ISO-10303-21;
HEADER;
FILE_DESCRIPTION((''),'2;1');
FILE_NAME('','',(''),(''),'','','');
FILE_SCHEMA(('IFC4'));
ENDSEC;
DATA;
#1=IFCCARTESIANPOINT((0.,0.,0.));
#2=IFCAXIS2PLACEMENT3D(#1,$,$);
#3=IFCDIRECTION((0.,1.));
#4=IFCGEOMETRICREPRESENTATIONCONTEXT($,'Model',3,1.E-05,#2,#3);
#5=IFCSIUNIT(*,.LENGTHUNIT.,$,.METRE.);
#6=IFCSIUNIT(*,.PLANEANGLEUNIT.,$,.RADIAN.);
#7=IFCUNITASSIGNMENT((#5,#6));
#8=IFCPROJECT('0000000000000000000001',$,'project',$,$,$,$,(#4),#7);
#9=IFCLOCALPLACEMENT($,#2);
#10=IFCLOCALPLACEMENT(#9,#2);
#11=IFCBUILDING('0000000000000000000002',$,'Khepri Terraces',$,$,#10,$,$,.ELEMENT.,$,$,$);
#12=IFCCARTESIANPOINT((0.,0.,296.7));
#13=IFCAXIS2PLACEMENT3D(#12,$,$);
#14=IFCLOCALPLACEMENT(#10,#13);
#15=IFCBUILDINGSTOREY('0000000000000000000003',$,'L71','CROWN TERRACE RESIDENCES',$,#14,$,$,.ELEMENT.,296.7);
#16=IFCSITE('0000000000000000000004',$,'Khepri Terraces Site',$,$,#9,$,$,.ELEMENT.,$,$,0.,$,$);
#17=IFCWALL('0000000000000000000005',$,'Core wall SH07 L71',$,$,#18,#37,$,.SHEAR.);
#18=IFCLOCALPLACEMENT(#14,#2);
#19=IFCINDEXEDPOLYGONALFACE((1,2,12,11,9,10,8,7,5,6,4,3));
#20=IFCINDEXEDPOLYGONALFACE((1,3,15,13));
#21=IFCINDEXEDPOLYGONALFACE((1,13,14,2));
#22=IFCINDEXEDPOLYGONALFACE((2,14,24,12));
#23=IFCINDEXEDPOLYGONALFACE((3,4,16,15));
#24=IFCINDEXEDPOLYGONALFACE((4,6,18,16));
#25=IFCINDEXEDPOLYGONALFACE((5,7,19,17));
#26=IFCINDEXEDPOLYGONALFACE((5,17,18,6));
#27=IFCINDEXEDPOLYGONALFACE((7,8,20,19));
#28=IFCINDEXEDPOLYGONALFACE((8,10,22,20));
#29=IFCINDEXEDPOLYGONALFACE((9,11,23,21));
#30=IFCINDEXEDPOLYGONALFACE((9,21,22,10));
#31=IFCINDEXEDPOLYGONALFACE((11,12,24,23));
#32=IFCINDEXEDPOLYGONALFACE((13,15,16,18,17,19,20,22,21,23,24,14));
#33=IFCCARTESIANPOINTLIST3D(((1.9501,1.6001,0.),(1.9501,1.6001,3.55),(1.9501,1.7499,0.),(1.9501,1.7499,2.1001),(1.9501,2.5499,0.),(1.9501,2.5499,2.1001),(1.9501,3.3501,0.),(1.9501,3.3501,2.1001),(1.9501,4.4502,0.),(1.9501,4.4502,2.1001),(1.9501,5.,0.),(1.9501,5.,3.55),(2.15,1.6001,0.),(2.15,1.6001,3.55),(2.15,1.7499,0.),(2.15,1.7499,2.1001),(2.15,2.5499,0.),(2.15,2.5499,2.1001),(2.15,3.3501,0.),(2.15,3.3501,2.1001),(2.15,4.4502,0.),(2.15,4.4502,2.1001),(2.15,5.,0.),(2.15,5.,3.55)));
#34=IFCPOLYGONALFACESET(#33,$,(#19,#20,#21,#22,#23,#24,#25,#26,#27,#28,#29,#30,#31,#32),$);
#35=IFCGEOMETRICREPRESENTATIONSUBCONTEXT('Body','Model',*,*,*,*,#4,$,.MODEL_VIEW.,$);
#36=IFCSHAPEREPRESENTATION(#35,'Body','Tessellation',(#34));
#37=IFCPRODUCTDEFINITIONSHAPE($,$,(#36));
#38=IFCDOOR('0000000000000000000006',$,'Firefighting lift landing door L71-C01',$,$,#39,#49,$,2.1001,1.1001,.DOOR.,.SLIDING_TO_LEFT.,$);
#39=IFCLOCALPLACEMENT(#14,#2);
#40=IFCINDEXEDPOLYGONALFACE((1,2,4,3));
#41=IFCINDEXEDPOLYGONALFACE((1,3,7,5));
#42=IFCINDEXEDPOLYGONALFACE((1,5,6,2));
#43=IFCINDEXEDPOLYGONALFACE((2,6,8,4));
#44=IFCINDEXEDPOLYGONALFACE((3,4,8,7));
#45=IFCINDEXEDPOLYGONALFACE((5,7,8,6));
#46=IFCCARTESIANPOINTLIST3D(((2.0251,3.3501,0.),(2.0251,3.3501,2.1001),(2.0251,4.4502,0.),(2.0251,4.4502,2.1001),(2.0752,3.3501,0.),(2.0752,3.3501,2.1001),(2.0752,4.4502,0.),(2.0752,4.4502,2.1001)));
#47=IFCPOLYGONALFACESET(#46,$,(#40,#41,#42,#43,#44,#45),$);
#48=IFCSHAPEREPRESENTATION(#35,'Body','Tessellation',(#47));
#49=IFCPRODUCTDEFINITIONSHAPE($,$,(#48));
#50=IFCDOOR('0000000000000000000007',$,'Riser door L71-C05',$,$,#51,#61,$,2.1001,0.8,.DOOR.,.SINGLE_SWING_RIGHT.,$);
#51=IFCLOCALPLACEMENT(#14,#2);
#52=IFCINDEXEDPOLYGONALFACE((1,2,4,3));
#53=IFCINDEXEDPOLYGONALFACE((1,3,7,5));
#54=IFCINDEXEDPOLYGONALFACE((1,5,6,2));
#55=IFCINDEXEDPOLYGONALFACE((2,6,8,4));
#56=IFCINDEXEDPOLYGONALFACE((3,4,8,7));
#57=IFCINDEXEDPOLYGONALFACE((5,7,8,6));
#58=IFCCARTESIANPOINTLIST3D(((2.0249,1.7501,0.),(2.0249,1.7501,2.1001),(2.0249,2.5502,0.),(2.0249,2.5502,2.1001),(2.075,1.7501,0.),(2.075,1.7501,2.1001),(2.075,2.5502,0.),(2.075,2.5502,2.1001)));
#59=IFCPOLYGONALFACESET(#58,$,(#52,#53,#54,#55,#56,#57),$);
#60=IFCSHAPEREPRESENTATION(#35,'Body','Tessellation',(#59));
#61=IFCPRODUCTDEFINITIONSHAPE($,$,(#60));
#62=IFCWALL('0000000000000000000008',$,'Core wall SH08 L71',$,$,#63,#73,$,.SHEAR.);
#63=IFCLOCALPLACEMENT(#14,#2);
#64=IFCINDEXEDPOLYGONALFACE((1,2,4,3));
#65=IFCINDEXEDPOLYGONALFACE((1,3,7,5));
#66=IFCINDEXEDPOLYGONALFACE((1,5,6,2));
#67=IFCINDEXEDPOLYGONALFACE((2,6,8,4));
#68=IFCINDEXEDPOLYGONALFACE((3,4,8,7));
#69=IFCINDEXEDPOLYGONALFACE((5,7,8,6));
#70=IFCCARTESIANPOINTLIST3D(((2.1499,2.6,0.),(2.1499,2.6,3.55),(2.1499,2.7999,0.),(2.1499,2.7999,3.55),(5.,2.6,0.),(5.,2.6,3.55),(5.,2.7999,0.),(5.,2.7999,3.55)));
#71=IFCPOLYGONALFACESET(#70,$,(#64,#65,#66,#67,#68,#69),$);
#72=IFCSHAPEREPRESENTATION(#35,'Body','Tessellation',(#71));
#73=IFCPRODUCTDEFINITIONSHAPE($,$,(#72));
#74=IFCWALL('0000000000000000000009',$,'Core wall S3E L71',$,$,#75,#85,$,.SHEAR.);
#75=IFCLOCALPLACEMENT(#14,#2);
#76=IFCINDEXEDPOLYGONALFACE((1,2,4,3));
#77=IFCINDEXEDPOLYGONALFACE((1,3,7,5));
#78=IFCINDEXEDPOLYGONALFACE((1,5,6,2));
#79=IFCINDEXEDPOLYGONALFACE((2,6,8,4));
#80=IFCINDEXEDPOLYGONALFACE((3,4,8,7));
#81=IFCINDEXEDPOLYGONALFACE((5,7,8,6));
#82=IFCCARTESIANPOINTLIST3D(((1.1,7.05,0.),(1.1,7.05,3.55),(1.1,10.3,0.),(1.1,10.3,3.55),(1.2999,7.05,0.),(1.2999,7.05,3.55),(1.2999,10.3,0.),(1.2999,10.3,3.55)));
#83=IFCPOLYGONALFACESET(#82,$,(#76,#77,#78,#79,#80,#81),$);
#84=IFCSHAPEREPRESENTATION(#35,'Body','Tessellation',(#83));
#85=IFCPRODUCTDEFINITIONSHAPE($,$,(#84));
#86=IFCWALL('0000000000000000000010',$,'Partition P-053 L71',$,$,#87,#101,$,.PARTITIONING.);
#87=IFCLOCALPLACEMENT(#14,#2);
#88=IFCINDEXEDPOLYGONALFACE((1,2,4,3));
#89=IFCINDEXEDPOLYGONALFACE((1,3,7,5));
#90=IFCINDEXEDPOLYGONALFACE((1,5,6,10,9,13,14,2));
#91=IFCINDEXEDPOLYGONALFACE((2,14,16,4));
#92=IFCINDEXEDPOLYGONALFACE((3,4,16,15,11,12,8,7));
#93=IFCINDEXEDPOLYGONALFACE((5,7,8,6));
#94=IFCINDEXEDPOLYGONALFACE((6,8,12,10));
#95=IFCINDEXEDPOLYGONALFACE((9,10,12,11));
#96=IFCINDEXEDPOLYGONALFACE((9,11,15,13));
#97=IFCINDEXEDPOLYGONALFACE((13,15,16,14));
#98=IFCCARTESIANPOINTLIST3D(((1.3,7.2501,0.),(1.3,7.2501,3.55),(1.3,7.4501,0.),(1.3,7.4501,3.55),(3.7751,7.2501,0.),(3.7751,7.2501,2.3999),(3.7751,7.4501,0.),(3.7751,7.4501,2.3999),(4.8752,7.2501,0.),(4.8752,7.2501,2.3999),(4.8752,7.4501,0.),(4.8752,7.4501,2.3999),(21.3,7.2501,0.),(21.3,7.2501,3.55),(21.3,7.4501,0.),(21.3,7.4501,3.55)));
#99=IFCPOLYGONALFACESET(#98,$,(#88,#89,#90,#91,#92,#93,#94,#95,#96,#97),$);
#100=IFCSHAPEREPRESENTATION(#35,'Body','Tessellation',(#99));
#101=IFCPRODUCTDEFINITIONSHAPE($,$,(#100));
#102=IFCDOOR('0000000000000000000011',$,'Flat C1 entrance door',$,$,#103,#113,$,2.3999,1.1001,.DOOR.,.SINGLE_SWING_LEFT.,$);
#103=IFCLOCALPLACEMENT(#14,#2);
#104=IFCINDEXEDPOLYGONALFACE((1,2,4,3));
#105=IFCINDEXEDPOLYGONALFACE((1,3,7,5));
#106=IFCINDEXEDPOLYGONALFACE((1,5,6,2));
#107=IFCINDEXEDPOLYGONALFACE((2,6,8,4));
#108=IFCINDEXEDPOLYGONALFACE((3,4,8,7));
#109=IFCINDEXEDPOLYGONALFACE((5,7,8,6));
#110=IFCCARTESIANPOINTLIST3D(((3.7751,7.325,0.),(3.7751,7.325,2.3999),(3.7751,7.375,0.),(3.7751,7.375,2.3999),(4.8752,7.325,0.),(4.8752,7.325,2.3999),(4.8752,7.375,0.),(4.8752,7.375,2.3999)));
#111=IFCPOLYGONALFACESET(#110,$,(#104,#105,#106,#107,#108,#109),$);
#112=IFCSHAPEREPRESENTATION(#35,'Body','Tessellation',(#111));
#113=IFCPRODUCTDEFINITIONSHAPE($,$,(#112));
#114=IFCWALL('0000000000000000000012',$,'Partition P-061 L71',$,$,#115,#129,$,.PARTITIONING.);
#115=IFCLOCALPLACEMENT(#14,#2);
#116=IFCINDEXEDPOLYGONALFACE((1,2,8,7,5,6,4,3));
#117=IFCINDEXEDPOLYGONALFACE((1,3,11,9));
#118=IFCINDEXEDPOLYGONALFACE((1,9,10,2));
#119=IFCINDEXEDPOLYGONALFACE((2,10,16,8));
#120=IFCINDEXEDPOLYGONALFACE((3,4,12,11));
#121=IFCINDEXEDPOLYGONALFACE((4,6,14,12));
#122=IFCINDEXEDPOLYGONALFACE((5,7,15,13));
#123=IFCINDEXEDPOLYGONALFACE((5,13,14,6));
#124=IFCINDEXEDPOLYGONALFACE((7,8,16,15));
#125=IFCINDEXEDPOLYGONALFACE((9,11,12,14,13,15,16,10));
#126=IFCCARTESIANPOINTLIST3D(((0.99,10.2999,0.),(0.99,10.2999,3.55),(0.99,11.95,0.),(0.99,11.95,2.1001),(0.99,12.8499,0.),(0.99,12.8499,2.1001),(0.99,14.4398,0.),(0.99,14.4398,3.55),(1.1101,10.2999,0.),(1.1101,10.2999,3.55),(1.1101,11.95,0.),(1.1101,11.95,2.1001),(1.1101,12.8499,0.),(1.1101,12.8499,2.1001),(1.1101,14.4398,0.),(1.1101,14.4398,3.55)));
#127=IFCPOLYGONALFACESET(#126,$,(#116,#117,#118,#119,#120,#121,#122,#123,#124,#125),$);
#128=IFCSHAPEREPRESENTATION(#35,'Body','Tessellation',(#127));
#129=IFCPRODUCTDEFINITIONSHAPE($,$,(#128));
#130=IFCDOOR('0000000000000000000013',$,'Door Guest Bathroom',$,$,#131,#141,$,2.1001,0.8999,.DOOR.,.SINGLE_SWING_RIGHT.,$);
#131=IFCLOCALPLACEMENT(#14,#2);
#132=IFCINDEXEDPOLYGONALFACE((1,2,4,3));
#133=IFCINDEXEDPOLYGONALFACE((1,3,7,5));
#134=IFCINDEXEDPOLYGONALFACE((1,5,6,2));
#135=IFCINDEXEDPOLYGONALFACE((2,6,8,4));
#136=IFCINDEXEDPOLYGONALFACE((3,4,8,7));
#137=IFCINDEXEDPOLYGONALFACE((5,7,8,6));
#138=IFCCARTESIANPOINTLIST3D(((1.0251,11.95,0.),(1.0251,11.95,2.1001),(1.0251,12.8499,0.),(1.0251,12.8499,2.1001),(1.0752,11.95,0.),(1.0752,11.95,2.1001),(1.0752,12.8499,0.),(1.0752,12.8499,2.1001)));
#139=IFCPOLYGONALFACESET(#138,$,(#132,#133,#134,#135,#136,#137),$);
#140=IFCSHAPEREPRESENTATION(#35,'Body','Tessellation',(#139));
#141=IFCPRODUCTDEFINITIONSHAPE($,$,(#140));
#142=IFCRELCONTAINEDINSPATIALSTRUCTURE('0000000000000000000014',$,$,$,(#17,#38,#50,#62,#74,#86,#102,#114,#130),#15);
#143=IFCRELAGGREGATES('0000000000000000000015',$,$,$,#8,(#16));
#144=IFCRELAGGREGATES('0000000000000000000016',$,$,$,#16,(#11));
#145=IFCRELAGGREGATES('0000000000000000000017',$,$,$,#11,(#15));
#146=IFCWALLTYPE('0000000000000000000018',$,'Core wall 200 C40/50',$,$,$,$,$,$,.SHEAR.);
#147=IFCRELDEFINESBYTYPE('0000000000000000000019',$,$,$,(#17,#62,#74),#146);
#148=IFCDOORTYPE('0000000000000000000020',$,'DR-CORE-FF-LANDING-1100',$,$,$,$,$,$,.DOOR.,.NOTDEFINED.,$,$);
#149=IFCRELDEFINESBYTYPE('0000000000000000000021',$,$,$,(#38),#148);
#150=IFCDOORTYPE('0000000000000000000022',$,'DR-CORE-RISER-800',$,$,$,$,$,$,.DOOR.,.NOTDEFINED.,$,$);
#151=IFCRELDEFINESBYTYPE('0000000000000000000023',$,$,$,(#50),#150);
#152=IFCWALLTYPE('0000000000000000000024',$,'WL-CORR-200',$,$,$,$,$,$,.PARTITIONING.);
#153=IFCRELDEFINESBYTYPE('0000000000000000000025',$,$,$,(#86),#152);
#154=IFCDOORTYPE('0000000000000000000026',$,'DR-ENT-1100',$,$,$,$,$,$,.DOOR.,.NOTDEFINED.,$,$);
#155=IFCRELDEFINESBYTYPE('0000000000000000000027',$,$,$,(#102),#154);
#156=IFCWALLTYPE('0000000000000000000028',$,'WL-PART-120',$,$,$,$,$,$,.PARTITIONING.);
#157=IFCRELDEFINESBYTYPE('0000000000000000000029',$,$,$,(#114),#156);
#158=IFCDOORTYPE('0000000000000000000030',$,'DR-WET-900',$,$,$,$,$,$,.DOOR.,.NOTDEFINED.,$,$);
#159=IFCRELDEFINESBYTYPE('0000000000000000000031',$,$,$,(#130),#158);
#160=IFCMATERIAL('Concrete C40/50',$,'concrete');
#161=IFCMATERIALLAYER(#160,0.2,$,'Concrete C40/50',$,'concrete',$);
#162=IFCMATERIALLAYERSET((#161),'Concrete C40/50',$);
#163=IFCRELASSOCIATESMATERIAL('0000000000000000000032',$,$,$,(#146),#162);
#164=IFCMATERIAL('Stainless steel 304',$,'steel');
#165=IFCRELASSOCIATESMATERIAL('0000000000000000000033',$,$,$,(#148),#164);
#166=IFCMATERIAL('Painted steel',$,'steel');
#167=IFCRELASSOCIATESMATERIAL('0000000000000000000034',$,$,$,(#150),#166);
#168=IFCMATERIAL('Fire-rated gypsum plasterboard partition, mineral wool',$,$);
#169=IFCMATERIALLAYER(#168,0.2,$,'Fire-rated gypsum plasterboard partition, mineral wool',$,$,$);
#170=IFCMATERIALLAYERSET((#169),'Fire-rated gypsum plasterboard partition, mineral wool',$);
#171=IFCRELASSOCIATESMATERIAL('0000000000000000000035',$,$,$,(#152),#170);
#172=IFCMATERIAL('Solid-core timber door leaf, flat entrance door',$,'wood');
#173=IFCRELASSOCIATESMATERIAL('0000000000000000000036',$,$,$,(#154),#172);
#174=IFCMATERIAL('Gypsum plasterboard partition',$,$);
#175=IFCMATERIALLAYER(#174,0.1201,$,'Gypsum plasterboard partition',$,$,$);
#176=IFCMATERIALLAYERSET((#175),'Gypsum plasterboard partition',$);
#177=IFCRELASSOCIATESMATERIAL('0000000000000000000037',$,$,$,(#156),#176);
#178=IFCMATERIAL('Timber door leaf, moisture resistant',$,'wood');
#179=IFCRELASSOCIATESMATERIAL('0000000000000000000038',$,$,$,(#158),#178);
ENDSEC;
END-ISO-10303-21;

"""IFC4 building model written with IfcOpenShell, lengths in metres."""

from ifc_helpers import new_model, si_unit, direction, frame, frame_2d, origin, place, context, subcontext, project, spatial, rectangle, extrude, material, layer, layer_set, type_object, element, fill, save


model = new_model("IFC4")

# Units and contexts
model_context = context("Model", 3, precision=1e-05, world=origin(), true_north=direction((0.0, 1.0)))
body_context = subcontext(model_context, "Body", "Model", "MODEL_VIEW")
ifc_project = project(units=[si_unit("LENGTHUNIT", "METRE"), si_unit("PLANEANGLEUNIT", "RADIAN")], contexts=[model_context])

# Site, building, storey
site_placement = place(None, origin())
site = spatial("IfcSite", under=ifc_project, at=site_placement, Name="Khepri Terraces Site", CompositionType="ELEMENT", RefElevation=0.0)
building_placement = place(site_placement, origin())
building = spatial("IfcBuilding", under=site, at=building_placement, Name="Khepri Terraces", CompositionType="ELEMENT")
storey_placement = place(building_placement, frame((0.0, 0.0, 296.7)))
storey = spatial("IfcBuildingStorey", under=building, at=storey_placement, Name="L71", Description="CROWN TERRACE RESIDENCES", CompositionType="ELEMENT", Elevation=296.7)

# Shared definitions
ifc_material_1 = material(Name="Concrete C40/50", Category="concrete")

# Shared definitions
ifc_layer_1 = layer(ifc_material_1, 0.2, Name="Concrete C40/50", Category="concrete")
ifc_layer_set_1 = layer_set([ifc_layer_1], Name="Concrete C40/50")
wall_type_1 = type_object("IfcWallType", Name="Core wall 200 C40/50", PredefinedType="SHEAR", material=ifc_layer_set_1)

# Shared definitions
ifc_material_2 = material(Name="Painted steel", Category="steel")

# Wall, openings, doors
wall_1_placement = place(storey_placement, frame((2.05, 1.6001, 0.0), z_axis=(0.0, 0.0, 1.0), x_axis=(0.0, 1.0, 0.0)))
wall_1 = element("IfcWall", 1, at=wall_1_placement, inside=storey, type_object=wall_type_1, Name="Core wall SH07 L71", PredefinedType="SHEAR", context=body_context, shape_type="SweptSolid", body=[
    extrude(rectangle(XDim=3.3999, YDim=0.2, at=frame_2d((1.7, 0.0))), origin(), (0.0, 0.0, 1.0), 3.55),
])
opening_1_placement = place(wall_1_placement, frame((1.75, 0.0, 0.0)))
opening_1 = element("IfcOpeningElement", 2, at=opening_1_placement, cuts=wall_1, PredefinedType="OPENING", context=body_context, shape_type="SweptSolid", body=[
    extrude(rectangle(XDim=1.1001, YDim=2.1001, at=frame_2d((0.55, 1.05))), frame((0.0, 0.1099, 0.0), z_axis=(0.0, -1.0, 0.0), x_axis=(1.0, 0.0, 0.0)), (0.0, 0.0, 1.0), 0.22),
])
opening_2_placement = place(wall_1_placement, frame((0.1499, 0.0, 0.0)))
opening_2 = element("IfcOpeningElement", 3, at=opening_2_placement, cuts=wall_1, PredefinedType="OPENING", context=body_context, shape_type="SweptSolid", body=[
    extrude(rectangle(XDim=0.8, YDim=2.1001, at=frame_2d((0.3999, 1.05))), frame((0.0, 0.1099, 0.0), z_axis=(0.0, -1.0, 0.0), x_axis=(1.0, 0.0, 0.0)), (0.0, 0.0, 1.0), 0.22),
])
ifc_material_3 = material(Name="Stainless steel 304", Category="steel")
door_type_1 = type_object("IfcDoorType", Name="DR-CORE-FF-LANDING-1100", OperationType="NOTDEFINED", PredefinedType="DOOR", material=ifc_material_3)
door_1_placement = place(opening_1_placement, origin())
door_1 = element("IfcDoor", 4, at=door_1_placement, inside=storey, type_object=door_type_1, Name="Firefighting lift landing door L71-C01", OperationType="SLIDING_TO_LEFT", OverallHeight=2.1001, OverallWidth=1.1001, PredefinedType="DOOR", context=body_context, shape_type="SweptSolid", body=[
    extrude(rectangle(XDim=1.1001, YDim=2.1001, at=frame_2d((0.55, 1.05))), frame((0.0, 0.0249, 0.0), z_axis=(0.0, -1.0, 0.0), x_axis=(1.0, 0.0, 0.0)), (0.0, 0.0, 1.0), 0.05),
])
fill(opening_1, door_1)
door_type_2 = type_object("IfcDoorType", Name="DR-CORE-RISER-800", OperationType="NOTDEFINED", PredefinedType="DOOR", material=ifc_material_2)
door_2_placement = place(opening_2_placement, frame((0.8, 0.0, 0.0), z_axis=(0.0, 0.0, 1.0), x_axis=(-1.0, 0.0, 0.0)))
door_2 = element("IfcDoor", 5, at=door_2_placement, inside=storey, type_object=door_type_2, Name="Riser door L71-C05", OperationType="SINGLE_SWING_RIGHT", OverallHeight=2.1001, OverallWidth=0.8, PredefinedType="DOOR", context=body_context, shape_type="SweptSolid", body=[
    extrude(rectangle(XDim=0.8, YDim=2.1001, at=frame_2d((0.3999, 1.05))), frame((0.0, 0.0249, 0.0), z_axis=(0.0, -1.0, 0.0), x_axis=(1.0, 0.0, 0.0)), (0.0, 0.0, 1.0), 0.05),
])
fill(opening_2, door_2)

# Walls
wall_2_placement = place(storey_placement, frame((2.1499, 2.7, 0.0), z_axis=(0.0, 0.0, 1.0), x_axis=(1.0, 0.0, 0.0)))
element("IfcWall", 6, at=wall_2_placement, inside=storey, type_object=wall_type_1, Name="Core wall SH08 L71", PredefinedType="SHEAR", context=body_context, shape_type="SweptSolid", body=[
    extrude(rectangle(XDim=2.8501, YDim=0.2, at=frame_2d((1.425, 0.0))), origin(), (0.0, 0.0, 1.0), 3.55),
])
wall_3_placement = place(storey_placement, frame((1.2, 7.05, 0.0), z_axis=(0.0, 0.0, 1.0), x_axis=(0.0, 1.0, 0.0)))
element("IfcWall", 7, at=wall_3_placement, inside=storey, type_object=wall_type_1, Name="Core wall S3E L71", PredefinedType="SHEAR", context=body_context, shape_type="SweptSolid", body=[
    extrude(rectangle(XDim=3.25, YDim=0.2, at=frame_2d((1.625, 0.0))), origin(), (0.0, 0.0, 1.0), 3.55),
])

# Walls, openings, doors
ifc_material_4 = material(Name="Fire-rated gypsum plasterboard partition, mineral wool")
ifc_layer_2 = layer(ifc_material_4, 0.2, Name="Fire-rated gypsum plasterboard partition, mineral wool")
ifc_layer_set_2 = layer_set([ifc_layer_2], Name="Fire-rated gypsum plasterboard partition, mineral wool")
wall_type_2 = type_object("IfcWallType", Name="WL-CORR-200", PredefinedType="PARTITIONING", material=ifc_layer_set_2)
wall_4_placement = place(storey_placement, frame((1.3, 7.3501, 0.0), z_axis=(0.0, 0.0, 1.0), x_axis=(1.0, 0.0, 0.0)))
wall_4 = element("IfcWall", 8, at=wall_4_placement, inside=storey, type_object=wall_type_2, Name="Partition P-053 L71", PredefinedType="PARTITIONING", context=body_context, shape_type="SweptSolid", body=[
    extrude(rectangle(XDim=20.0, YDim=0.2, at=frame_2d((10.0, 0.0))), origin(), (0.0, 0.0, 1.0), 3.55),
])
opening_3_placement = place(wall_4_placement, frame((2.4751, 0.0, 0.0)))
opening_3 = element("IfcOpeningElement", 9, at=opening_3_placement, cuts=wall_4, PredefinedType="OPENING", context=body_context, shape_type="SweptSolid", body=[
    extrude(rectangle(XDim=1.1001, YDim=2.3999, at=frame_2d((0.55, 1.2))), frame((0.0, 0.1099, 0.0), z_axis=(0.0, -1.0, 0.0), x_axis=(1.0, 0.0, 0.0)), (0.0, 0.0, 1.0), 0.22),
])
ifc_material_5 = material(Name="Solid-core timber door leaf, flat entrance door", Category="wood")
door_type_3 = type_object("IfcDoorType", Name="DR-ENT-1100", OperationType="NOTDEFINED", PredefinedType="DOOR", material=ifc_material_5)
door_3_placement = place(opening_3_placement, origin())
door_3 = element("IfcDoor", 10, at=door_3_placement, inside=storey, type_object=door_type_3, Name="Flat C1 entrance door", OperationType="SINGLE_SWING_LEFT", OverallHeight=2.3999, OverallWidth=1.1001, PredefinedType="DOOR", context=body_context, shape_type="SweptSolid", body=[
    extrude(rectangle(XDim=1.1001, YDim=2.3999, at=frame_2d((0.55, 1.2))), frame((0.0, 0.0249, 0.0), z_axis=(0.0, -1.0, 0.0), x_axis=(1.0, 0.0, 0.0)), (0.0, 0.0, 1.0), 0.05),
])
fill(opening_3, door_3)
ifc_material_6 = material(Name="Gypsum plasterboard partition")
ifc_layer_3 = layer(ifc_material_6, 0.1201, Name="Gypsum plasterboard partition")
ifc_layer_set_3 = layer_set([ifc_layer_3], Name="Gypsum plasterboard partition")
wall_type_3 = type_object("IfcWallType", Name="WL-PART-120", PredefinedType="PARTITIONING", material=ifc_layer_set_3)
wall_5_placement = place(storey_placement, frame((1.05, 10.3, 0.0), z_axis=(0.0, 0.0, 1.0), x_axis=(0.0, 1.0, 0.0)))
wall_5 = element("IfcWall", 11, at=wall_5_placement, inside=storey, type_object=wall_type_3, Name="Partition P-061 L71", PredefinedType="PARTITIONING", context=body_context, shape_type="SweptSolid", body=[
    extrude(rectangle(XDim=4.1399, YDim=0.1201, at=frame_2d((2.0698, 0.0))), origin(), (0.0, 0.0, 1.0), 3.55),
])
opening_4_placement = place(wall_5_placement, frame((1.6499, 0.0, 0.0)))
opening_4 = element("IfcOpeningElement", 12, at=opening_4_placement, cuts=wall_5, PredefinedType="OPENING", context=body_context, shape_type="SweptSolid", body=[
    extrude(rectangle(XDim=0.8999, YDim=2.1001, at=frame_2d((0.45, 1.05))), frame((0.0, 0.0701, 0.0), z_axis=(0.0, -1.0, 0.0), x_axis=(1.0, 0.0, 0.0)), (0.0, 0.0, 1.0), 0.1401),
])
ifc_material_7 = material(Name="Timber door leaf, moisture resistant", Category="wood")
door_type_4 = type_object("IfcDoorType", Name="DR-WET-900", OperationType="NOTDEFINED", PredefinedType="DOOR", material=ifc_material_7)
door_4_placement = place(opening_4_placement, origin())
door_4 = element("IfcDoor", 13, at=door_4_placement, inside=storey, type_object=door_type_4, Name="Door Guest Bathroom", OperationType="SINGLE_SWING_RIGHT", OverallHeight=2.1001, OverallWidth=0.8999, PredefinedType="DOOR", context=body_context, shape_type="SweptSolid", body=[
    extrude(rectangle(XDim=0.8999, YDim=2.1001, at=frame_2d((0.45, 1.05))), frame((0.0, 0.0249, 0.0), z_axis=(0.0, -1.0, 0.0), x_axis=(1.0, 0.0, 0.0)), (0.0, 0.0, 1.0), 0.05),
])
fill(opening_4, door_4)

save(model, "model.ifc")
